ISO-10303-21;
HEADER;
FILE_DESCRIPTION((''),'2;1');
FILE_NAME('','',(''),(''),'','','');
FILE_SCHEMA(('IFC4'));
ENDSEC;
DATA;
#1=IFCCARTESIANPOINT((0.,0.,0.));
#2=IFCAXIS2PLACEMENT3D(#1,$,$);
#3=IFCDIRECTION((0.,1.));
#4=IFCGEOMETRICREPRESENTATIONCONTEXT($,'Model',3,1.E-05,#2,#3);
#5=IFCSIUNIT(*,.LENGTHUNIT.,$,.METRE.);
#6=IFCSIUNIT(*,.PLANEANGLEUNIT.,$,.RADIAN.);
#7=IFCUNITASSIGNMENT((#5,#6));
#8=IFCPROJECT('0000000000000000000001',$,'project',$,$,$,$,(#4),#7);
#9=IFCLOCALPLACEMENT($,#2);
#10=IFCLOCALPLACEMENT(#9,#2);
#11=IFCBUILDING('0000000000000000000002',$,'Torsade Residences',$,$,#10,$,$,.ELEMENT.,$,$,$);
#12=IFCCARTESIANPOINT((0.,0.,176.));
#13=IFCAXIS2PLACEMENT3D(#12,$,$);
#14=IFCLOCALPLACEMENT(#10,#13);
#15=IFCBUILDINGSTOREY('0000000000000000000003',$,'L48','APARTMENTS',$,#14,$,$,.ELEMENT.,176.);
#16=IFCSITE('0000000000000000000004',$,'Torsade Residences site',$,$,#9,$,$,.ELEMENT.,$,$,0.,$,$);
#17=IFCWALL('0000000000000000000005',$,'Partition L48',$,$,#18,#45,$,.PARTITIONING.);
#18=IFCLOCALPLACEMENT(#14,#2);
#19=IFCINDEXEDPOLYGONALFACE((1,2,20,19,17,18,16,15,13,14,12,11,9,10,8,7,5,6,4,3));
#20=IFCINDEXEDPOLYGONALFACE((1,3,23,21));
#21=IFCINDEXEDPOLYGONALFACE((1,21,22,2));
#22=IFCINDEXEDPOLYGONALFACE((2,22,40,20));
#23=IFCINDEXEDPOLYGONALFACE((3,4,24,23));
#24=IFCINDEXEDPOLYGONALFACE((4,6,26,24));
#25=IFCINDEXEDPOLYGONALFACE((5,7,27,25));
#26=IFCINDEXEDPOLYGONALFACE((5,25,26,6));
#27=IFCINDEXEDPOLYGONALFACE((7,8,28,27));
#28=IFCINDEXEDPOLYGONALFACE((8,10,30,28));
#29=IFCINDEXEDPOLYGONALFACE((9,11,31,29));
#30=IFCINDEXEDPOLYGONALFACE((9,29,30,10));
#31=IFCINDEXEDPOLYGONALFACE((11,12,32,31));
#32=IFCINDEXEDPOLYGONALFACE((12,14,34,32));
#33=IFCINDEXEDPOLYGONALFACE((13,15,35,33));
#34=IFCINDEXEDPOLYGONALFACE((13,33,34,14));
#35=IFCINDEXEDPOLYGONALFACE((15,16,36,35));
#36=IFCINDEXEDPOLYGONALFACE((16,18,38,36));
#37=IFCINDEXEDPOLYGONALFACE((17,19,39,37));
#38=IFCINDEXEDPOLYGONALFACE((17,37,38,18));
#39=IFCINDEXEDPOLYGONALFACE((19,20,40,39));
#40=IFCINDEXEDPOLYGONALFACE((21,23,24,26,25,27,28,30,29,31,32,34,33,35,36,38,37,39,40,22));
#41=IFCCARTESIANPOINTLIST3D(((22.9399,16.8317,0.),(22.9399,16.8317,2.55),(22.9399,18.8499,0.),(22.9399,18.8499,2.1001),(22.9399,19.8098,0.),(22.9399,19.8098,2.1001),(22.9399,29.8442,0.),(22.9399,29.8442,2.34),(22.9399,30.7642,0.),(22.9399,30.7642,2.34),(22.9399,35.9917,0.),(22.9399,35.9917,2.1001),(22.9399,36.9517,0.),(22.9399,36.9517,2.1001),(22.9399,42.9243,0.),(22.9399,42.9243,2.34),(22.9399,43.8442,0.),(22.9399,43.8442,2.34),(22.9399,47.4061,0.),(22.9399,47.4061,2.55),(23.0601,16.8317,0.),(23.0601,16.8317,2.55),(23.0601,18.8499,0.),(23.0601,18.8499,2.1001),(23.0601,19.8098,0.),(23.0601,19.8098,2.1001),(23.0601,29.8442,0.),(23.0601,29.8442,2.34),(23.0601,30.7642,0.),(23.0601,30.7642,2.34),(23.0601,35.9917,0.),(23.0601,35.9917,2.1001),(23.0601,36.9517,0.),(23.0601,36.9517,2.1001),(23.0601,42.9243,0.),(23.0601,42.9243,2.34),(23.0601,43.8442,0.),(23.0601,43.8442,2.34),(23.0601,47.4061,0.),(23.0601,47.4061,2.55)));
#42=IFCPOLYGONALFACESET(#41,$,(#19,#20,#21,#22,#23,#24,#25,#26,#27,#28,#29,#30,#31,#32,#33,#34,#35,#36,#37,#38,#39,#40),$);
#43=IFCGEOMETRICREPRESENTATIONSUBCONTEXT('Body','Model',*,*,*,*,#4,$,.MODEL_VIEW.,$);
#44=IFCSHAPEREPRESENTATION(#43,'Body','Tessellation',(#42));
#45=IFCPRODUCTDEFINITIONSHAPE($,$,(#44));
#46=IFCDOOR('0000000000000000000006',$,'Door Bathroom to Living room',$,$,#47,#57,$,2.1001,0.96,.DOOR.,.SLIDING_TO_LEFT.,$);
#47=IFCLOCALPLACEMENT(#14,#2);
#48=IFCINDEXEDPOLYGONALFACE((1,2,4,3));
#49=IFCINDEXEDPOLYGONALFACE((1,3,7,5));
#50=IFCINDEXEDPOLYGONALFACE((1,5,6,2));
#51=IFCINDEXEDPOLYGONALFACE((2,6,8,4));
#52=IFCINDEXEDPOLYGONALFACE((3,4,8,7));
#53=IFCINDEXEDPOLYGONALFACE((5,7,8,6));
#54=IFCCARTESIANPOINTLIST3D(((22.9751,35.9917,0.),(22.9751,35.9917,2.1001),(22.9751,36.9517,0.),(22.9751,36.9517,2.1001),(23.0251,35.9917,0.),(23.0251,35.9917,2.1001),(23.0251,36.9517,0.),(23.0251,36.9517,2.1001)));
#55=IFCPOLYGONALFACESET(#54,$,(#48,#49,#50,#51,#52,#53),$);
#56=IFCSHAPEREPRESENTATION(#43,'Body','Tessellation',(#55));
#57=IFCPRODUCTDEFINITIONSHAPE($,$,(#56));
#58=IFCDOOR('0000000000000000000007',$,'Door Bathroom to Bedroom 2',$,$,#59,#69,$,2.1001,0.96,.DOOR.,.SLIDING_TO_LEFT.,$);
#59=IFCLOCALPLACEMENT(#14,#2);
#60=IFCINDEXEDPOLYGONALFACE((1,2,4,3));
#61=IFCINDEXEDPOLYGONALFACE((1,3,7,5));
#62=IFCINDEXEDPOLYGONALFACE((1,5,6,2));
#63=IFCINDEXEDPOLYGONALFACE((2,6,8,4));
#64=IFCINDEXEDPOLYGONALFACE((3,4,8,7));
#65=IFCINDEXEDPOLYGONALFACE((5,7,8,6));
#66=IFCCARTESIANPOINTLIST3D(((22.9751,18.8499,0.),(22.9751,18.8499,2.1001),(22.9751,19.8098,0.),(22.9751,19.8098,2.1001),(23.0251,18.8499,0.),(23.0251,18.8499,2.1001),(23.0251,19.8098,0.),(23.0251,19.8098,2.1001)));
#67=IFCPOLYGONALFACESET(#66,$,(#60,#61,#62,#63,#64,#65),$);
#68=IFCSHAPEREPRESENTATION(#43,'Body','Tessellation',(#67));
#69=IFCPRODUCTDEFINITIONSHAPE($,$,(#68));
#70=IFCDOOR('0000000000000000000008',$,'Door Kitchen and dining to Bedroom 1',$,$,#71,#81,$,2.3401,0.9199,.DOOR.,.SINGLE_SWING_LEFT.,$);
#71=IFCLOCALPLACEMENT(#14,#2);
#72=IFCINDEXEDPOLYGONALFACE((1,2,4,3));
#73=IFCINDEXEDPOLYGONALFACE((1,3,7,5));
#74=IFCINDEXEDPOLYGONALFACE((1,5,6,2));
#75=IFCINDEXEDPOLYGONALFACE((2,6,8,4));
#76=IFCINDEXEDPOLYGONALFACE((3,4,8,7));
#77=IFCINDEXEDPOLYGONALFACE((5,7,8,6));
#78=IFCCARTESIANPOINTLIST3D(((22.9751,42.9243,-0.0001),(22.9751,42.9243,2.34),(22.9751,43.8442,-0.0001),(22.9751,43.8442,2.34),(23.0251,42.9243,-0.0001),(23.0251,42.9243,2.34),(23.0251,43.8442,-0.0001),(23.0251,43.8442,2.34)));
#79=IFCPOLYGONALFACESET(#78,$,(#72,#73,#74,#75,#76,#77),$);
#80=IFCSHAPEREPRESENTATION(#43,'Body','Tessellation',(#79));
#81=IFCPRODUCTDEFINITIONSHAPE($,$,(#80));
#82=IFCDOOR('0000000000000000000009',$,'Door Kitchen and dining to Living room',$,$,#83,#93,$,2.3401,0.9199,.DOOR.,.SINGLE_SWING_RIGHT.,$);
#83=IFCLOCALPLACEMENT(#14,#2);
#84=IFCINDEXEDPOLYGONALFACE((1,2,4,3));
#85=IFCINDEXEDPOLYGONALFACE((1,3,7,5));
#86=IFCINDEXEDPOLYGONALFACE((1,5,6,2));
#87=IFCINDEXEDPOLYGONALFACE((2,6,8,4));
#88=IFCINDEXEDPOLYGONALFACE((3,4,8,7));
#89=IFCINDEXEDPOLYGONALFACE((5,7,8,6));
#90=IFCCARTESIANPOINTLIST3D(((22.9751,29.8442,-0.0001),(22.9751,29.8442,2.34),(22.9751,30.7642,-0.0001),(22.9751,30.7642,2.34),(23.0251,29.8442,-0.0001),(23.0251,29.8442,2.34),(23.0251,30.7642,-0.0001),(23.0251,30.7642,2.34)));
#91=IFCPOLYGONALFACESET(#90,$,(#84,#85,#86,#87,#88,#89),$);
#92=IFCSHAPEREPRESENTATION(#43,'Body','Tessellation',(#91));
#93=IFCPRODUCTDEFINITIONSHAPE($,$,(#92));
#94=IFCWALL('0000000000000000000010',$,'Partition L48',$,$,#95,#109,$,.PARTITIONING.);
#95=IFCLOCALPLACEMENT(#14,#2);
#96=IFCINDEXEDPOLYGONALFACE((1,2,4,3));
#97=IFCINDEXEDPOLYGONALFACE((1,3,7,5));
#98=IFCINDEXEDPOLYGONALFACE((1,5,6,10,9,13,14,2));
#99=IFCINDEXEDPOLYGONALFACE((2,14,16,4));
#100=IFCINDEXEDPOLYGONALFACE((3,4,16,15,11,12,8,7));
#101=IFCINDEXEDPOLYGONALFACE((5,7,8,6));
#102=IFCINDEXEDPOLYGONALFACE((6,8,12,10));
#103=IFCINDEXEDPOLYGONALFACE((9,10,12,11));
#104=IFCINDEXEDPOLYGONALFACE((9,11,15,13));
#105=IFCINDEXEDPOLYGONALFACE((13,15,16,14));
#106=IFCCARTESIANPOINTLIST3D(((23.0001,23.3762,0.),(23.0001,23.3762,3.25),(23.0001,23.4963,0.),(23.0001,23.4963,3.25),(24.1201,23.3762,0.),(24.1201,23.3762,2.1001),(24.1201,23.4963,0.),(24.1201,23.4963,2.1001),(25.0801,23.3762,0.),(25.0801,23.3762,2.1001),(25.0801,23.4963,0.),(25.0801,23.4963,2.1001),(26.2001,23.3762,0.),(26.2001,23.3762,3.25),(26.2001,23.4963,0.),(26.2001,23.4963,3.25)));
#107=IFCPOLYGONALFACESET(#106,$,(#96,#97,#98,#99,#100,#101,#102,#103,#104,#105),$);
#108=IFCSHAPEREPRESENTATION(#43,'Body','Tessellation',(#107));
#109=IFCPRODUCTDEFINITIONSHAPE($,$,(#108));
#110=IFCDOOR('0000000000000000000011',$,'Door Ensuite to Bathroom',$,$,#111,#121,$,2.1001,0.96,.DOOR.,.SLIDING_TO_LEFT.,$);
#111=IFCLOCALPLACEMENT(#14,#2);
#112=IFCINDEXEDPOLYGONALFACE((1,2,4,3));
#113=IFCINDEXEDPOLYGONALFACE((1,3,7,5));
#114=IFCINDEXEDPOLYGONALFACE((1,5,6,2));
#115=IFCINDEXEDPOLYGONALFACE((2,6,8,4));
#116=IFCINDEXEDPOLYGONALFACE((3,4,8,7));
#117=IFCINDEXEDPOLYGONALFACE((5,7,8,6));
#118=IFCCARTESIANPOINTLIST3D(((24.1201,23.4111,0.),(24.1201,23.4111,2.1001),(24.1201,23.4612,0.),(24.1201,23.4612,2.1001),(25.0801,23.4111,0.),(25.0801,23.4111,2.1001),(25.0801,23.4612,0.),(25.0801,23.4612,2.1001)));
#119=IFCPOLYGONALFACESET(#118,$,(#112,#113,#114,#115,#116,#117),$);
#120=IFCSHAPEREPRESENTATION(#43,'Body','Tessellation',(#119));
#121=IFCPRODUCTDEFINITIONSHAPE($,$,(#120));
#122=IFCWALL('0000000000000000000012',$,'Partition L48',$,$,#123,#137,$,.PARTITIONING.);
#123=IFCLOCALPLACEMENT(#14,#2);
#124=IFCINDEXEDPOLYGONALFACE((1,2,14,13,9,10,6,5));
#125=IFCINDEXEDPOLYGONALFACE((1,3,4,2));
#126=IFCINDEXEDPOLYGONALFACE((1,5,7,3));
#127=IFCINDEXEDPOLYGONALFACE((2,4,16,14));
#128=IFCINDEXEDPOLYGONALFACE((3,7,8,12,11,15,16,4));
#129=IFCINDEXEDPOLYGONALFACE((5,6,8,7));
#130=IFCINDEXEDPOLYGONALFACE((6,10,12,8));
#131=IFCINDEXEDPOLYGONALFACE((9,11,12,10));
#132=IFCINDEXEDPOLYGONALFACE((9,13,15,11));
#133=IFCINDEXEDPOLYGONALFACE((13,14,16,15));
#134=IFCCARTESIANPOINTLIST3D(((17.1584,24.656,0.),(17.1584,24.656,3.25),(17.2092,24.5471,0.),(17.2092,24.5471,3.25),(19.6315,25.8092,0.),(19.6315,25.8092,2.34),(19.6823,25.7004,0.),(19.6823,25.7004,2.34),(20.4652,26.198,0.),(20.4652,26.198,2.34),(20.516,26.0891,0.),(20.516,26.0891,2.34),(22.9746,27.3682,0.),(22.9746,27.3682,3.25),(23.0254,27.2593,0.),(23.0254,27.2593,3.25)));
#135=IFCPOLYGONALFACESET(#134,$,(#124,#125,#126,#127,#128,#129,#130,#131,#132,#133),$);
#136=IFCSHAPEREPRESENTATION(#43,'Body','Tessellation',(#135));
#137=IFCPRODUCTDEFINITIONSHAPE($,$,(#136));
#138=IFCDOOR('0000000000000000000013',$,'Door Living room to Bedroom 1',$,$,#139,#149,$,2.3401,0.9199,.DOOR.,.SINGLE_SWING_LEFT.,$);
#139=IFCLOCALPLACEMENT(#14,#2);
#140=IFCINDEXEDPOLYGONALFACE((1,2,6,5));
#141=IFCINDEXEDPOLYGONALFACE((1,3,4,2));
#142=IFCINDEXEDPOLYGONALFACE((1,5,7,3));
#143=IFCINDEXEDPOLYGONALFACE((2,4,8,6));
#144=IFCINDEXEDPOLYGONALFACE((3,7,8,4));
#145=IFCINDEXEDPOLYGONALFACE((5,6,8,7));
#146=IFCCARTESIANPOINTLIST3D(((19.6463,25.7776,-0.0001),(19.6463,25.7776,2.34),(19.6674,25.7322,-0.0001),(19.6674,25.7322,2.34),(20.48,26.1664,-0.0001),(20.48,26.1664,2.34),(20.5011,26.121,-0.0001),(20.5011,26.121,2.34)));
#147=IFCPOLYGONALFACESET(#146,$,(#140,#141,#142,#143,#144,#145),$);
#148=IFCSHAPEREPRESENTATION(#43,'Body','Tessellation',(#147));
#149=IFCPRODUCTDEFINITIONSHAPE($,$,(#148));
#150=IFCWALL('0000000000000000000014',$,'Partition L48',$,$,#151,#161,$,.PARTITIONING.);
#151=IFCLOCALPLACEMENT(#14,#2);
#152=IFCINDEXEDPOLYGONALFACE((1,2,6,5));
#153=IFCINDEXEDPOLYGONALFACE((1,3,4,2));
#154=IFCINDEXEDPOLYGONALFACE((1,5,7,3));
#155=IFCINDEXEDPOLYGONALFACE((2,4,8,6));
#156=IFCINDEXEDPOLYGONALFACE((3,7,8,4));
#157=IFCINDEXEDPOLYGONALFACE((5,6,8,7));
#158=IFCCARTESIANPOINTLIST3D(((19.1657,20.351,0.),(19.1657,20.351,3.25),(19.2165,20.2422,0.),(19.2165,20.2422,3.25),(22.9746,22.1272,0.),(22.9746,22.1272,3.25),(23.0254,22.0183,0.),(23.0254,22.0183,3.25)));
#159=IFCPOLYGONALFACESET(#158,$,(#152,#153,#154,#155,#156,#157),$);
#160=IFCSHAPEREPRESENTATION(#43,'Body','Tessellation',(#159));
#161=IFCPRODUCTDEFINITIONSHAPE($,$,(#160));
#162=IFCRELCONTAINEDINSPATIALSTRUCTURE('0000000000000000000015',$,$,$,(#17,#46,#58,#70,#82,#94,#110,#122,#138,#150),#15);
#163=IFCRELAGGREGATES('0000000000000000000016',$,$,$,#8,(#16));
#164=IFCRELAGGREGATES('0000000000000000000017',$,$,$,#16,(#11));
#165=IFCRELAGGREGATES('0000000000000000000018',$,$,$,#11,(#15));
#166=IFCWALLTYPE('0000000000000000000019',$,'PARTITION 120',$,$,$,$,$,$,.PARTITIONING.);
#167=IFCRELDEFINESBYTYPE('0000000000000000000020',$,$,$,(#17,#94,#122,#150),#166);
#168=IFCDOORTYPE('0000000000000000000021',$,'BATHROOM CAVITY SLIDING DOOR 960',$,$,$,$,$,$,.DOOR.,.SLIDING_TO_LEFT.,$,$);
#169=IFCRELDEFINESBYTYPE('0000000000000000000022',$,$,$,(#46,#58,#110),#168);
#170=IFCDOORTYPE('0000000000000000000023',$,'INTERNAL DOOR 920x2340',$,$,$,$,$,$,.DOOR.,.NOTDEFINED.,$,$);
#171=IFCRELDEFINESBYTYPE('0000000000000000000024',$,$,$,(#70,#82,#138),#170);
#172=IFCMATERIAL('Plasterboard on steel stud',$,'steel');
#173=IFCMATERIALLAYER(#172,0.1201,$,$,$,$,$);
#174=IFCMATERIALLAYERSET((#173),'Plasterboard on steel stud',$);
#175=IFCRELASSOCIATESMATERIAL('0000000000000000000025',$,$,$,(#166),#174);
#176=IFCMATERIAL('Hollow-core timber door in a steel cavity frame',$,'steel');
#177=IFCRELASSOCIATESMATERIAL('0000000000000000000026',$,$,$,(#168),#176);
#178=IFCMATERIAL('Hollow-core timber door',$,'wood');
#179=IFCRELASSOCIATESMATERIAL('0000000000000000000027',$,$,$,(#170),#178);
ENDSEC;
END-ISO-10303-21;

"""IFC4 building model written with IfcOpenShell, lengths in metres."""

from ifc_helpers import new_model, si_unit, direction, frame, frame_2d, origin, place, context, subcontext, project, spatial, rectangle, extrude, material, layer, layer_set, type_object, element, fill, save


model = new_model("IFC4")

# Units and contexts
model_context = context("Model", 3, precision=1e-05, world=origin(), true_north=direction((0.0, 1.0)))
body_context = subcontext(model_context, "Body", "Model", "MODEL_VIEW")
ifc_project = project(units=[si_unit("LENGTHUNIT", "METRE"), si_unit("PLANEANGLEUNIT", "RADIAN")], contexts=[model_context])

# Site, building, storey
site_placement = place(None, origin())
site = spatial("IfcSite", under=ifc_project, at=site_placement, Name="Torsade Residences site", CompositionType="ELEMENT", RefElevation=0.0)
building_placement = place(site_placement, origin())
building = spatial("IfcBuilding", under=site, at=building_placement, Name="Torsade Residences", CompositionType="ELEMENT")
storey_placement = place(building_placement, frame((0.0, 0.0, 176.0)))
storey = spatial("IfcBuildingStorey", under=building, at=storey_placement, Name="L48", Description="APARTMENTS", CompositionType="ELEMENT", Elevation=176.0)

# Wall, openings, doors
ifc_material_1 = material(Name="Plasterboard on steel stud", Category="steel")
ifc_layer_1 = layer(ifc_material_1, 0.1201)
ifc_layer_set_1 = layer_set([ifc_layer_1], Name="Plasterboard on steel stud")
wall_type_1 = type_object("IfcWallType", Name="PARTITION 120", PredefinedType="PARTITIONING", material=ifc_layer_set_1)
wall_1_placement = place(storey_placement, frame((23.0, 16.8318, 0.0), z_axis=(0.0, 0.0, 1.0), x_axis=(0.0, 1.0, 0.0)))
wall_1 = element("IfcWall", 1, at=wall_1_placement, inside=storey, type_object=wall_type_1, Name="Partition L48", PredefinedType="PARTITIONING", context=body_context, shape_type="SweptSolid", body=[
    extrude(rectangle(XDim=30.5745, YDim=0.1201, at=frame_2d((15.2871, 0.0))), origin(), (0.0, 0.0, 1.0), 2.55),
])
opening_1_placement = place(wall_1_placement, frame((26.0925, 0.0, 0.0)))
opening_1 = element("IfcOpeningElement", 2, at=opening_1_placement, cuts=wall_1, PredefinedType="OPENING", context=body_context, shape_type="SweptSolid", body=[
    extrude(rectangle(XDim=0.9199, YDim=2.3401, at=frame_2d((0.46, 1.1699))), frame((0.0, 0.0701, 0.0), z_axis=(0.0, -1.0, 0.0), x_axis=(1.0, 0.0, 0.0)), (0.0, 0.0, 1.0), 0.1401),
])
opening_2_placement = place(wall_1_placement, frame((13.0125, 0.0, 0.0)))
opening_2 = element("IfcOpeningElement", 3, at=opening_2_placement, cuts=wall_1, PredefinedType="OPENING", context=body_context, shape_type="SweptSolid", body=[
    extrude(rectangle(XDim=0.9199, YDim=2.3401, at=frame_2d((0.46, 1.1699))), frame((0.0, 0.0701, 0.0), z_axis=(0.0, -1.0, 0.0), x_axis=(1.0, 0.0, 0.0)), (0.0, 0.0, 1.0), 0.1401),
])
opening_3_placement = place(wall_1_placement, frame((19.1599, 0.0, 0.0)))
opening_3 = element("IfcOpeningElement", 4, at=opening_3_placement, cuts=wall_1, PredefinedType="OPENING", context=body_context, shape_type="SweptSolid", body=[
    extrude(rectangle(XDim=0.96, YDim=2.1001, at=frame_2d((0.48, 1.05))), frame((0.0, 0.0701, 0.0), z_axis=(0.0, -1.0, 0.0), x_axis=(1.0, 0.0, 0.0)), (0.0, 0.0, 1.0), 0.1401),
])
opening_4_placement = place(wall_1_placement, frame((2.0181, 0.0, 0.0)))
opening_4 = element("IfcOpeningElement", 5, at=opening_4_placement, cuts=wall_1, PredefinedType="OPENING", context=body_context, shape_type="SweptSolid", body=[
    extrude(rectangle(XDim=0.96, YDim=2.1001, at=frame_2d((0.48, 1.05))), frame((0.0, 0.0701, 0.0), z_axis=(0.0, -1.0, 0.0), x_axis=(1.0, 0.0, 0.0)), (0.0, 0.0, 1.0), 0.1401),
])
ifc_material_2 = material(Name="Hollow-core timber door in a steel cavity frame", Category="steel")
door_type_1 = type_object("IfcDoorType", Name="BATHROOM CAVITY SLIDING DOOR 960", OperationType="SLIDING_TO_LEFT", PredefinedType="DOOR", material=ifc_material_2)
door_1_placement = place(opening_3_placement, origin())
door_1 = element("IfcDoor", 6, at=door_1_placement, inside=storey, type_object=door_type_1, Name="Door Bathroom to Living room", OperationType="SLIDING_TO_LEFT", OverallHeight=2.1001, OverallWidth=0.96, PredefinedType="DOOR", context=body_context, shape_type="SweptSolid", body=[
    extrude(rectangle(XDim=0.96, YDim=2.1001, at=frame_2d((0.48, 1.05))), frame((0.0, 0.0249, 0.0), z_axis=(0.0, -1.0, 0.0), x_axis=(1.0, 0.0, 0.0)), (0.0, 0.0, 1.0), 0.05),
])
fill(opening_3, door_1)
door_2_placement = place(opening_4_placement, origin())
door_2 = element("IfcDoor", 7, at=door_2_placement, inside=storey, type_object=door_type_1, Name="Door Bathroom to Bedroom 2", OperationType="SLIDING_TO_LEFT", OverallHeight=2.1001, OverallWidth=0.96, PredefinedType="DOOR", context=body_context, shape_type="SweptSolid", body=[
    extrude(rectangle(XDim=0.96, YDim=2.1001, at=frame_2d((0.48, 1.05))), frame((0.0, 0.0249, 0.0), z_axis=(0.0, -1.0, 0.0), x_axis=(1.0, 0.0, 0.0)), (0.0, 0.0, 1.0), 0.05),
])
fill(opening_4, door_2)
ifc_material_3 = material(Name="Hollow-core timber door", Category="wood")
door_type_2 = type_object("IfcDoorType", Name="INTERNAL DOOR 920x2340", OperationType="NOTDEFINED", PredefinedType="DOOR", material=ifc_material_3)
door_3_placement = place(opening_1_placement, origin())
door_3 = element("IfcDoor", 8, at=door_3_placement, inside=storey, type_object=door_type_2, Name="Door Kitchen and dining to Bedroom 1", OperationType="SINGLE_SWING_LEFT", OverallHeight=2.3401, OverallWidth=0.9199, PredefinedType="DOOR", context=body_context, shape_type="SweptSolid", body=[
    extrude(rectangle(XDim=0.9199, YDim=2.3401, at=frame_2d((0.46, 1.1699))), frame((0.0, 0.0249, 0.0), z_axis=(0.0, -1.0, 0.0), x_axis=(1.0, 0.0, 0.0)), (0.0, 0.0, 1.0), 0.05),
])
fill(opening_1, door_3)
door_4_placement = place(opening_2_placement, origin())
door_4 = element("IfcDoor", 9, at=door_4_placement, inside=storey, type_object=door_type_2, Name="Door Kitchen and dining to Living room", OperationType="SINGLE_SWING_RIGHT", OverallHeight=2.3401, OverallWidth=0.9199, PredefinedType="DOOR", context=body_context, shape_type="SweptSolid", body=[
    extrude(rectangle(XDim=0.9199, YDim=2.3401, at=frame_2d((0.46, 1.1699))), frame((0.0, 0.0249, 0.0), z_axis=(0.0, -1.0, 0.0), x_axis=(1.0, 0.0, 0.0)), (0.0, 0.0, 1.0), 0.05),
])
fill(opening_2, door_4)

# Walls, openings, doors
wall_2_placement = place(storey_placement, frame((23.0, 23.4363, 0.0), z_axis=(0.0, 0.0, 1.0), x_axis=(1.0, 0.0, 0.0)))
wall_2 = element("IfcWall", 10, at=wall_2_placement, inside=storey, type_object=wall_type_1, Name="Partition L48", PredefinedType="PARTITIONING", context=body_context, shape_type="SweptSolid", body=[
    extrude(rectangle(XDim=3.2, YDim=0.1201, at=frame_2d((1.6001, 0.0))), origin(), (0.0, 0.0, 1.0), 3.25),
])
opening_5_placement = place(wall_2_placement, frame((1.1201, 0.0, 0.0)))
opening_5 = element("IfcOpeningElement", 11, at=opening_5_placement, cuts=wall_2, PredefinedType="OPENING", context=body_context, shape_type="SweptSolid", body=[
    extrude(rectangle(XDim=0.96, YDim=2.1001, at=frame_2d((0.48, 1.05))), frame((0.0, 0.0701, 0.0), z_axis=(0.0, -1.0, 0.0), x_axis=(1.0, 0.0, 0.0)), (0.0, 0.0, 1.0), 0.1401),
])
door_5_placement = place(opening_5_placement, origin())
door_5 = element("IfcDoor", 12, at=door_5_placement, inside=storey, type_object=door_type_1, Name="Door Ensuite to Bathroom", OperationType="SLIDING_TO_LEFT", OverallHeight=2.1001, OverallWidth=0.96, PredefinedType="DOOR", context=body_context, shape_type="SweptSolid", body=[
    extrude(rectangle(XDim=0.96, YDim=2.1001, at=frame_2d((0.48, 1.05))), frame((0.0, 0.0249, 0.0), z_axis=(0.0, -1.0, 0.0), x_axis=(1.0, 0.0, 0.0)), (0.0, 0.0, 1.0), 0.05),
])
fill(opening_5, door_5)
wall_3_placement = place(storey_placement, frame((23.0, 27.3137, 0.0), z_axis=(0.0, 0.0, 1.0), x_axis=(-0.906306, -0.422623, 0.0)))
wall_3 = element("IfcWall", 13, at=wall_3_placement, inside=storey, type_object=wall_type_1, Name="Partition L48", PredefinedType="PARTITIONING", context=body_context, shape_type="SweptSolid", body=[
    extrude(rectangle(XDim=6.4175, YDim=0.1201, at=frame_2d((3.2087, 0.0))), origin(), (0.0, 0.0, 1.0), 3.25),
])
opening_6_placement = place(wall_3_placement, frame((2.7688, 0.0, 0.0)))
opening_6 = element("IfcOpeningElement", 14, at=opening_6_placement, cuts=wall_3, PredefinedType="OPENING", context=body_context, shape_type="SweptSolid", body=[
    extrude(rectangle(XDim=0.9199, YDim=2.3401, at=frame_2d((0.46, 1.1699))), frame((0.0, 0.0701, 0.0), z_axis=(0.0, -1.0, 0.0), x_axis=(1.0, 0.0, 0.0)), (0.0, 0.0, 1.0), 0.1401),
])
door_6_placement = place(opening_6_placement, origin())
door_6 = element("IfcDoor", 15, at=door_6_placement, inside=storey, type_object=door_type_2, Name="Door Living room to Bedroom 1", OperationType="SINGLE_SWING_LEFT", OverallHeight=2.3401, OverallWidth=0.9199, PredefinedType="DOOR", context=body_context, shape_type="SweptSolid", body=[
    extrude(rectangle(XDim=0.9199, YDim=2.3401, at=frame_2d((0.46, 1.1699))), frame((0.0, 0.0249, 0.0), z_axis=(0.0, -1.0, 0.0), x_axis=(1.0, 0.0, 0.0)), (0.0, 0.0, 1.0), 0.05),
])
fill(opening_6, door_6)

# Wall
wall_4_placement = place(storey_placement, frame((23.0, 22.0728, 0.0), z_axis=(0.0, 0.0, 1.0), x_axis=(-0.906305, -0.422625, 0.0)))
element("IfcWall", 16, at=wall_4_placement, inside=storey, type_object=wall_type_1, Name="Partition L48", PredefinedType="PARTITIONING", context=body_context, shape_type="SweptSolid", body=[
    extrude(rectangle(XDim=4.2026, YDim=0.1201, at=frame_2d((2.1013, 0.0))), origin(), (0.0, 0.0, 1.0), 3.25),
])

save(model, "model.ifc")
